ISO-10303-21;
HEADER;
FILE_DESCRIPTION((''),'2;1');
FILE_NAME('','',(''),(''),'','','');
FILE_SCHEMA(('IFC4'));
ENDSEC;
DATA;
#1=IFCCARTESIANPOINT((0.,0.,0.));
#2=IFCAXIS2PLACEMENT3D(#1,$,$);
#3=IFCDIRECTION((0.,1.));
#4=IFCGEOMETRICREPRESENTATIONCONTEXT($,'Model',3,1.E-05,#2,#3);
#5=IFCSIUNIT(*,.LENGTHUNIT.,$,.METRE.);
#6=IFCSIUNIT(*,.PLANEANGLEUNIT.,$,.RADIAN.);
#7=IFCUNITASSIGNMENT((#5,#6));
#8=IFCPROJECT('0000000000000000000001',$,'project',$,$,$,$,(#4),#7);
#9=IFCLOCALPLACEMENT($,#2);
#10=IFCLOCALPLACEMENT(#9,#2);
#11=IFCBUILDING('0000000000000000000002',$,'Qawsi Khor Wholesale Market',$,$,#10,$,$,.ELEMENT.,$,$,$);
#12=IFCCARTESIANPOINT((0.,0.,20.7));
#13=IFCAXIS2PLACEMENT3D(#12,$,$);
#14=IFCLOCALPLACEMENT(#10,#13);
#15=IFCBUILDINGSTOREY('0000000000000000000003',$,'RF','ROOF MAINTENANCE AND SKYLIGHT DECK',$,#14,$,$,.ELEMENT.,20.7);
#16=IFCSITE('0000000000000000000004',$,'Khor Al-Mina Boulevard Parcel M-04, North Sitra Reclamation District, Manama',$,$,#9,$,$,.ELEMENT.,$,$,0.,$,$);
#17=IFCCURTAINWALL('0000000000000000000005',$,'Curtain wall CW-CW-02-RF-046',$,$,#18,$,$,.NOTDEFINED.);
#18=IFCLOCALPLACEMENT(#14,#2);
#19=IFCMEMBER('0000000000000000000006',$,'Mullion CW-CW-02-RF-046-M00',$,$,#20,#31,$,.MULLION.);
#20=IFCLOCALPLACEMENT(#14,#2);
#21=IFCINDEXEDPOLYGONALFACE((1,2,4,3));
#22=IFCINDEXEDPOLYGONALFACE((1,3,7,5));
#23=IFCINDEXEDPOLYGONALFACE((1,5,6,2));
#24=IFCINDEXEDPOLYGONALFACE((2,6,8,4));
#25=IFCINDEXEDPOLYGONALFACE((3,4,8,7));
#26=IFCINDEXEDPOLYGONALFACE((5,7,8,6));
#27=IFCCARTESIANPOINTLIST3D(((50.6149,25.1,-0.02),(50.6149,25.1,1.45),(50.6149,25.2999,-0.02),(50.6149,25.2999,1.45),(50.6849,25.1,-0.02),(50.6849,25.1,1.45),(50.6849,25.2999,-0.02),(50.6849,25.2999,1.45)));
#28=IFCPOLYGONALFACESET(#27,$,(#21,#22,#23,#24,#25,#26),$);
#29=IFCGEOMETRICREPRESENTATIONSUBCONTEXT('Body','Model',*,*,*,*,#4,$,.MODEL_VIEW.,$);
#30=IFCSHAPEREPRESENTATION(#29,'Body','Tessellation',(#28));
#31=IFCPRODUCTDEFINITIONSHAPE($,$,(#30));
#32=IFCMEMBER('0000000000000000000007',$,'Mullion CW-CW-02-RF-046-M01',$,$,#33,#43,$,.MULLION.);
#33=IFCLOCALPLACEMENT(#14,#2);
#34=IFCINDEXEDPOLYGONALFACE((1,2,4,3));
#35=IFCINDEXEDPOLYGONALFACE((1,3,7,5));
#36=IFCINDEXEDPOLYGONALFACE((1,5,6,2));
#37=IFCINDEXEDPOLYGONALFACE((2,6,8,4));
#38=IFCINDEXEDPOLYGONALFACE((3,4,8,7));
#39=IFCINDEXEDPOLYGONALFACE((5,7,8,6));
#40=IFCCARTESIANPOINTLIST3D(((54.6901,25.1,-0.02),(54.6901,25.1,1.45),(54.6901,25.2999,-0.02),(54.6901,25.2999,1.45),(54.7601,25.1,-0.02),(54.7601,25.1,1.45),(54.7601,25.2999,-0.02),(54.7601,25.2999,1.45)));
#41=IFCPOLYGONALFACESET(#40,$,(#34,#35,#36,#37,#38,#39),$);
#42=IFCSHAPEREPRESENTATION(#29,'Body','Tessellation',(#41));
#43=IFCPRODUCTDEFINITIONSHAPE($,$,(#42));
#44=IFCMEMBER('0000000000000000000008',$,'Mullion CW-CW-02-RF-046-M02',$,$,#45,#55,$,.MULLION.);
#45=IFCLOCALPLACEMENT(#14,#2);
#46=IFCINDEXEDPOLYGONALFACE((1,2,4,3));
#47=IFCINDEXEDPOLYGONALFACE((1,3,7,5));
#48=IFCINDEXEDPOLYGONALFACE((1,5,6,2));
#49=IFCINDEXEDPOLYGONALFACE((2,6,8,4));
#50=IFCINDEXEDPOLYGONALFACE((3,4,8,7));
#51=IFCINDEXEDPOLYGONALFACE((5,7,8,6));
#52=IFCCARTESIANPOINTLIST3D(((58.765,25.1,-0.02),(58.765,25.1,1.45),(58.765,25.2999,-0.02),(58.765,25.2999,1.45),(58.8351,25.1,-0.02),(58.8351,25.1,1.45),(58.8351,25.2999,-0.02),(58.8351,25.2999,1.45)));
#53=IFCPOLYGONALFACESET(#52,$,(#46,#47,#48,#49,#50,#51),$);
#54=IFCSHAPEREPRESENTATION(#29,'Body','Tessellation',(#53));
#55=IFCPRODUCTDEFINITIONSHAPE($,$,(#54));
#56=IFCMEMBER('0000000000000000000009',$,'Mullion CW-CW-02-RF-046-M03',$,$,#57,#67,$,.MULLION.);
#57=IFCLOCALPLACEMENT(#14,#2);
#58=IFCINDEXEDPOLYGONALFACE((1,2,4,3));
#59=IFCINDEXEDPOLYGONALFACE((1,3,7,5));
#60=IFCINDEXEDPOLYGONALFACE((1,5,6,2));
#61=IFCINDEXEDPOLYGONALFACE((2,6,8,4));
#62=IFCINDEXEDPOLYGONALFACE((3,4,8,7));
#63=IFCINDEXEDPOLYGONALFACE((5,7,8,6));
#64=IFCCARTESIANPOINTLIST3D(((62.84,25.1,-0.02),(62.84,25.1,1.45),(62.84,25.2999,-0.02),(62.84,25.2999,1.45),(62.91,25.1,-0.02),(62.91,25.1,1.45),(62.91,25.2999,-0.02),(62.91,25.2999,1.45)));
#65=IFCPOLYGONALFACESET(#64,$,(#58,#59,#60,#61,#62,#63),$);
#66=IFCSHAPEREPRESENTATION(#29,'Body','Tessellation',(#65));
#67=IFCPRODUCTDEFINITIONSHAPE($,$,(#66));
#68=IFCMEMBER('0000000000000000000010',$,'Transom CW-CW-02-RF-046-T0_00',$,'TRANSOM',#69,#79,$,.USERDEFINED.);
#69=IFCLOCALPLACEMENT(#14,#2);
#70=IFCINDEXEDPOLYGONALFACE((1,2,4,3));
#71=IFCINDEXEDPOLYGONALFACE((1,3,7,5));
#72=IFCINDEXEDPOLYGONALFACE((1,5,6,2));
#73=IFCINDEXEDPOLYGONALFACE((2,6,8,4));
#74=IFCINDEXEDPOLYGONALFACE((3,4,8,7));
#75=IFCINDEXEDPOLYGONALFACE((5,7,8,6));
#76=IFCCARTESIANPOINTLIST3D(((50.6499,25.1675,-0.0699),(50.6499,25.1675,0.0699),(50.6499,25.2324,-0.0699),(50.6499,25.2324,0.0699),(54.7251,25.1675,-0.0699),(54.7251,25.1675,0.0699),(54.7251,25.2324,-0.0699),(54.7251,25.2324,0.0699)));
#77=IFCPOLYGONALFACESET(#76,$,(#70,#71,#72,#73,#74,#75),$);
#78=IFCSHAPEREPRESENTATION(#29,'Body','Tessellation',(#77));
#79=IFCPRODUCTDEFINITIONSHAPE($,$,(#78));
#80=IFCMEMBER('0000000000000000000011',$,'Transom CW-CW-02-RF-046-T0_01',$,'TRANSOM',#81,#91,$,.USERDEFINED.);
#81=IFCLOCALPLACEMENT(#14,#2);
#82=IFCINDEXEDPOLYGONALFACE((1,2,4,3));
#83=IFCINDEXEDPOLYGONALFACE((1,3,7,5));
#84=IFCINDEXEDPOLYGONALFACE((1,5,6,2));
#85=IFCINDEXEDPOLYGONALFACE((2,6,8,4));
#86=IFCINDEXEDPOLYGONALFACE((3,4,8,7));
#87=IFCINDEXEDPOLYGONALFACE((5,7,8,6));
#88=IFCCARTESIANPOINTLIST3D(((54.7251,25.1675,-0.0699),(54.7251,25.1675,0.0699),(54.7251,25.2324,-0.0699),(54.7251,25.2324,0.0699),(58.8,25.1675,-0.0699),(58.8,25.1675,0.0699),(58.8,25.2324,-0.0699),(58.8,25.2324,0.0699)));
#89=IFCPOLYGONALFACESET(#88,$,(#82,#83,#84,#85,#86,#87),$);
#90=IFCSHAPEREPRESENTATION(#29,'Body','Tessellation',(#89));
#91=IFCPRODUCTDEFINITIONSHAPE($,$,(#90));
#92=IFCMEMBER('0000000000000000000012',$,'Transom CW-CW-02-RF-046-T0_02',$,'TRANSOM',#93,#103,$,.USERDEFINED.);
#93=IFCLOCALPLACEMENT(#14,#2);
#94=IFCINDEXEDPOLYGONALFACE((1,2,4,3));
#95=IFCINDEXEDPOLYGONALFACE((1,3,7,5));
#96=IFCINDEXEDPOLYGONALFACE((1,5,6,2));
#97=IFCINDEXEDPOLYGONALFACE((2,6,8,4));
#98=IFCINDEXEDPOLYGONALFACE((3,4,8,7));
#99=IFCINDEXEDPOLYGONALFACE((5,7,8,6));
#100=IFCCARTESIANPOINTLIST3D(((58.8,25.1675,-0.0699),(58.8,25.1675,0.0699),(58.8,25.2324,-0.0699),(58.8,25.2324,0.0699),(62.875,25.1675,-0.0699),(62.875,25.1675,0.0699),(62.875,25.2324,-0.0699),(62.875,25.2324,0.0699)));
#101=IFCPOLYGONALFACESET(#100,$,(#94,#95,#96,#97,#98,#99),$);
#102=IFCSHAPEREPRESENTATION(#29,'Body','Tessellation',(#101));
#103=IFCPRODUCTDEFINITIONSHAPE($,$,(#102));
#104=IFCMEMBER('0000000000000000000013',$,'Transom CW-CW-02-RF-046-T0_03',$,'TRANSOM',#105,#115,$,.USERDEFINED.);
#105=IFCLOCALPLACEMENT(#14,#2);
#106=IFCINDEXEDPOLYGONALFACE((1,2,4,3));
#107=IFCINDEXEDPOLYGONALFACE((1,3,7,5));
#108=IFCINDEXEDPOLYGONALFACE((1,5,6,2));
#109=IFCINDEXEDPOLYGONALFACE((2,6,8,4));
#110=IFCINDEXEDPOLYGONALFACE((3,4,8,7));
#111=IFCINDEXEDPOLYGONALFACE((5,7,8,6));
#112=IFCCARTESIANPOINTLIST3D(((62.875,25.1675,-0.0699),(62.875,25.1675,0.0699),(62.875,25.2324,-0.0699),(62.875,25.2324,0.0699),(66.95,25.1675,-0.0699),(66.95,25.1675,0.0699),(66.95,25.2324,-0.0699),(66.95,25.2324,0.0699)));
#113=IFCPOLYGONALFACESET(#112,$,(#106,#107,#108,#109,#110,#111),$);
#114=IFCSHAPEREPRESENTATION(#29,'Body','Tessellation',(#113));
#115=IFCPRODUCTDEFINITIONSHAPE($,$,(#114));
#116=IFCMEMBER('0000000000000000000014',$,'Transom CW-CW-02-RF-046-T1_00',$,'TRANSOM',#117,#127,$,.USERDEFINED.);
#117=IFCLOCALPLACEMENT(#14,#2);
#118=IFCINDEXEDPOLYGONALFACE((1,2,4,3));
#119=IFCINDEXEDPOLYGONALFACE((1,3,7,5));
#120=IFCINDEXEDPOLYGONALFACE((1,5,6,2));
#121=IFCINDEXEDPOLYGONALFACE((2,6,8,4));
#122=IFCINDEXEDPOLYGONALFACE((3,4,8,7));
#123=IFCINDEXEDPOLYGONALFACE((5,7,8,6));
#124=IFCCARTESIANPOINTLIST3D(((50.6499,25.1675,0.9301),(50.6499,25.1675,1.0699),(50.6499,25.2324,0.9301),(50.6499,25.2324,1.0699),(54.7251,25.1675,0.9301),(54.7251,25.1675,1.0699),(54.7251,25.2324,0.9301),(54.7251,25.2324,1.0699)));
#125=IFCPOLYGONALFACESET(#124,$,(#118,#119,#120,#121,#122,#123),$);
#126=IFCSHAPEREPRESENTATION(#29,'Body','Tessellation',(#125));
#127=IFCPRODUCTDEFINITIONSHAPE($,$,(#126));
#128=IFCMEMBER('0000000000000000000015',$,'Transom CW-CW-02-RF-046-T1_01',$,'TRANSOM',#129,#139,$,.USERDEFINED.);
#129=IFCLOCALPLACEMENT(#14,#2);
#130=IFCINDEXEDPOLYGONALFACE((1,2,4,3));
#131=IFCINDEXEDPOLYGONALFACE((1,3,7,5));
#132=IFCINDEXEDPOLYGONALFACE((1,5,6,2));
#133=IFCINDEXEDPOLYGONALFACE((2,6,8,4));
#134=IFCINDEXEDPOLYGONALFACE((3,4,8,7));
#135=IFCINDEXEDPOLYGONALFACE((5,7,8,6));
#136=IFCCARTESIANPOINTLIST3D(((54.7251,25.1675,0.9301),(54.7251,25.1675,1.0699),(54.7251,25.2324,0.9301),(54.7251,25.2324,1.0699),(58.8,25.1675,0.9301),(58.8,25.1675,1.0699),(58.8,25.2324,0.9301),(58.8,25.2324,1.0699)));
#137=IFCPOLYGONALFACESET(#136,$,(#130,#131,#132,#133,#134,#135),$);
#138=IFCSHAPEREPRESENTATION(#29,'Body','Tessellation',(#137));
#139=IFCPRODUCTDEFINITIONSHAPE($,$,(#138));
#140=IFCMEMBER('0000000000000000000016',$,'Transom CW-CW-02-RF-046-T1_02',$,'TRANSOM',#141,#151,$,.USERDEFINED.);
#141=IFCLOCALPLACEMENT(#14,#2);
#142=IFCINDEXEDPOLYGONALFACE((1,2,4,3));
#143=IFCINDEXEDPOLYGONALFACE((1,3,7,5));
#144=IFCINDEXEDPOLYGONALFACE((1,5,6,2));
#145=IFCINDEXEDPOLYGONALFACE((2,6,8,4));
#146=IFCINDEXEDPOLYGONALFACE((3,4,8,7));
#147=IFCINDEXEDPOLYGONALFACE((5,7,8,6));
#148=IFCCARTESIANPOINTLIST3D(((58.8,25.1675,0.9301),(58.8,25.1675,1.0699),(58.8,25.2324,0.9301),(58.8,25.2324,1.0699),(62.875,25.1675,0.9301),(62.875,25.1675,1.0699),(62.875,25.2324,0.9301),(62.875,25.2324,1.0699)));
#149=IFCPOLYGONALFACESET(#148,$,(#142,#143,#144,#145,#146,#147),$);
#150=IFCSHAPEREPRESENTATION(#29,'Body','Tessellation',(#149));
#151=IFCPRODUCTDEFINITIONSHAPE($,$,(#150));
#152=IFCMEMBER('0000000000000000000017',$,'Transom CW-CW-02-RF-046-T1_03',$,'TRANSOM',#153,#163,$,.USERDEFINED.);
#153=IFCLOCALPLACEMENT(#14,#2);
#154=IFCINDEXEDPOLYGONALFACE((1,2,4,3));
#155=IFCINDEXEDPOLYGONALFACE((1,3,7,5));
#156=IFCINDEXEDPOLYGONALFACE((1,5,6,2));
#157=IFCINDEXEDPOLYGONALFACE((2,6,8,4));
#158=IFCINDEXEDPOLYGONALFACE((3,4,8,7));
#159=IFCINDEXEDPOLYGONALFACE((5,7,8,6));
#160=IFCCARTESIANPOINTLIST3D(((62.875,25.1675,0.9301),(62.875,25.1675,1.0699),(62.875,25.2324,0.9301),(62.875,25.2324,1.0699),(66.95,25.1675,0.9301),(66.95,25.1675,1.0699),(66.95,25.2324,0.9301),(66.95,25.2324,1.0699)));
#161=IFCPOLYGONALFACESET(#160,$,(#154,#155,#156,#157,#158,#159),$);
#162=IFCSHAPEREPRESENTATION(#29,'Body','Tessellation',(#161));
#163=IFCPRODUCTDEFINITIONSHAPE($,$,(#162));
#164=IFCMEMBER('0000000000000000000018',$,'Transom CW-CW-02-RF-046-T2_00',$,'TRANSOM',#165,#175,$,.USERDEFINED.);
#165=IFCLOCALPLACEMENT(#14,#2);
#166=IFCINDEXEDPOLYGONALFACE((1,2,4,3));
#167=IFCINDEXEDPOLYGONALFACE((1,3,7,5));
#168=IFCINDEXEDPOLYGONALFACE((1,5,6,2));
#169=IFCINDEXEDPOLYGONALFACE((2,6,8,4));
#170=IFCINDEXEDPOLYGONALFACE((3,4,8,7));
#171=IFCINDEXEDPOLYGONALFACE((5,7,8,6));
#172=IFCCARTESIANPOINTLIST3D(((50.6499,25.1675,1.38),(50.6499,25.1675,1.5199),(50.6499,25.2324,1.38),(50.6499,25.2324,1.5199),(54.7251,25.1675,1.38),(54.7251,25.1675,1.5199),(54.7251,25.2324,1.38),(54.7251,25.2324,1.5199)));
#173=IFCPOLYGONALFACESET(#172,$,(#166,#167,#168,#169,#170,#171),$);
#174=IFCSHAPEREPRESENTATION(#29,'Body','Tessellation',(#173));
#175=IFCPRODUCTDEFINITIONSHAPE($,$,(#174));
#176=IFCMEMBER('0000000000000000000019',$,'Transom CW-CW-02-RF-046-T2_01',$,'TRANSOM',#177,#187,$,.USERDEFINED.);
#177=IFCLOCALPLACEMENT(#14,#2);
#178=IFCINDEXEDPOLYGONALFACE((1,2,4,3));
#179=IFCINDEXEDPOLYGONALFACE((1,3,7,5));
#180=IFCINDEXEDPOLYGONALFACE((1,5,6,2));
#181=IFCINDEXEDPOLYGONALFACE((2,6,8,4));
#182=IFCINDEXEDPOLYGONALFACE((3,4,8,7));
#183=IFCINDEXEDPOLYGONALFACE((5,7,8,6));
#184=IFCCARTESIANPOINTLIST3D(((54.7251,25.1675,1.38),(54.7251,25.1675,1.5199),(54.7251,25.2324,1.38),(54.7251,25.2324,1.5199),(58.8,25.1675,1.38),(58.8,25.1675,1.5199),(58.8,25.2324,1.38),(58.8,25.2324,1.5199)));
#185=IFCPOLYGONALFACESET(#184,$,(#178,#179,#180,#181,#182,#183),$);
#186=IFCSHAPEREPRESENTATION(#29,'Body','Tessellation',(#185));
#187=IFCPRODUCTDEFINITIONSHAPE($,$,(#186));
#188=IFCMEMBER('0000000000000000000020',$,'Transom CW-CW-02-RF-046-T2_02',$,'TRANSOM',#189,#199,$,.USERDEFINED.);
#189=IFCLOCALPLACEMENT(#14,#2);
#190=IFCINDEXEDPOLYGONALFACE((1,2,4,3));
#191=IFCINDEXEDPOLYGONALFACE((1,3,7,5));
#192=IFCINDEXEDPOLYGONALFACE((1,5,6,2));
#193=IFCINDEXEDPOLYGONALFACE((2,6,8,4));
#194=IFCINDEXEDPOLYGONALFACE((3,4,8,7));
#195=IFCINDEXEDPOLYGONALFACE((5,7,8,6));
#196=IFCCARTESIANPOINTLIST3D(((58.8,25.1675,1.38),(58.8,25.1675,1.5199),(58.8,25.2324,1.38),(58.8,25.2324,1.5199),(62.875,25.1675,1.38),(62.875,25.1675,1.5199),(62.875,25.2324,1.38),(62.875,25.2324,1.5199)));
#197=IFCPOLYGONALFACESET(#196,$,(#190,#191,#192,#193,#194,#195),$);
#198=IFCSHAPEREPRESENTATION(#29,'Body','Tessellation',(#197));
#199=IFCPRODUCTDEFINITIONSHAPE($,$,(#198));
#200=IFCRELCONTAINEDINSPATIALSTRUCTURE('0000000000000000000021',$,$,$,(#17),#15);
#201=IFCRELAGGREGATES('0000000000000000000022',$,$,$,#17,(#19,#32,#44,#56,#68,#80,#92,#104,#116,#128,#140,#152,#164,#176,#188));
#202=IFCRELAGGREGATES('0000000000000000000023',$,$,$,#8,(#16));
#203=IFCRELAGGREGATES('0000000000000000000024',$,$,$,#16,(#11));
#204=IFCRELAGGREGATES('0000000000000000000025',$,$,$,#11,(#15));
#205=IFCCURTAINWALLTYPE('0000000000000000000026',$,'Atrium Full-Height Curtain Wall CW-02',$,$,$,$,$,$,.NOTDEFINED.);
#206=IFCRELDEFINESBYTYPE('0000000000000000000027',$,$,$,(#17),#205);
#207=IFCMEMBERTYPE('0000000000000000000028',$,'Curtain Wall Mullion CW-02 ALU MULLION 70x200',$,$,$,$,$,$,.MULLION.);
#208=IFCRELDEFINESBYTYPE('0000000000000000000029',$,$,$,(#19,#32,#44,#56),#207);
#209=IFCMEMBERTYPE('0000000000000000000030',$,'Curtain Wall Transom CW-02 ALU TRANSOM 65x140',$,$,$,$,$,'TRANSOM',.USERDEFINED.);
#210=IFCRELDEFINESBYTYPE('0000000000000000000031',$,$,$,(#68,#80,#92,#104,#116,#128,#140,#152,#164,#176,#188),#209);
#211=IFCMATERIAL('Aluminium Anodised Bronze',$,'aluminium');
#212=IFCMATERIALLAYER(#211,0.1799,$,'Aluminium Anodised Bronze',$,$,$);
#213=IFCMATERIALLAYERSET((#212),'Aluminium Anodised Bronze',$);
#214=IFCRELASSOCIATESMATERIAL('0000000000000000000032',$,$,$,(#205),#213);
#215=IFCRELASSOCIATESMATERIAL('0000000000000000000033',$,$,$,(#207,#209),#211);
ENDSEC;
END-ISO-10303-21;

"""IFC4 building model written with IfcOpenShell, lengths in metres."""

from ifc_helpers import new_model, si_unit, direction, frame, origin, origin_2d, place, context, subcontext, project, spatial, rectangle, extrude, material, layer, layer_set, material_profile, profile_set, type_object, element, aggregate, save


model = new_model("IFC4")

# Units and contexts
model_context = context("Model", 3, precision=1e-05, world=origin(), true_north=direction((0.0, 1.0)))
body_context = subcontext(model_context, "Body", "Model", "MODEL_VIEW")
ifc_project = project(units=[si_unit("LENGTHUNIT", "METRE"), si_unit("PLANEANGLEUNIT", "RADIAN")], contexts=[model_context])

# Site, building, storey
site_placement = place(None, origin())
site = spatial("IfcSite", under=ifc_project, at=site_placement, Name="Khor Al-Mina Boulevard Parcel M-04, North Sitra Reclamation District, Manama", CompositionType="ELEMENT", RefElevation=0.0)
building_placement = place(site_placement, origin())
building = spatial("IfcBuilding", under=site, at=building_placement, Name="Qawsi Khor Wholesale Market", CompositionType="ELEMENT")
storey_placement = place(building_placement, frame((0.0, 0.0, 20.7)))
storey = spatial("IfcBuildingStorey", under=building, at=storey_placement, Name="RF", Description="ROOF MAINTENANCE AND SKYLIGHT DECK", CompositionType="ELEMENT", Elevation=20.7)

# Curtain wall, members
ifc_material_1 = material(Name="Aluminium Anodised Bronze", Category="aluminium")
ifc_layer_1 = layer(ifc_material_1, 0.1799, Name="Aluminium Anodised Bronze")
ifc_layer_set_1 = layer_set([ifc_layer_1], Name="Aluminium Anodised Bronze")
curtain_wall_type = type_object("IfcCurtainWallType", Name="Atrium Full-Height Curtain Wall CW-02", PredefinedType="NOTDEFINED", material=ifc_layer_set_1)
curtain_wall_1_placement = place(storey_placement, origin())
curtain_wall_1 = element("IfcCurtainWall", 1, at=curtain_wall_1_placement, inside=storey, type_object=curtain_wall_type, Name="Curtain wall CW-CW-02-RF-046", PredefinedType="NOTDEFINED")
ifc_material_profile_1 = material_profile(ifc_material_1, rectangle(XDim=0.0701, YDim=0.2, at=origin_2d()), Name="ALU MULLION 70x200")
ifc_profile_set_1 = profile_set([ifc_material_profile_1], Name="Aluminium Anodised Bronze")
member_type_1 = type_object("IfcMemberType", Name="Curtain Wall Mullion CW-02 ALU MULLION 70x200", PredefinedType="MULLION", material=ifc_profile_set_1)
member_1_placement = place(storey_placement, frame((50.6499, 25.2, -0.02), z_axis=(0.0, 0.0, 1.0), x_axis=(1.0, 0.0, 0.0)))
member_1 = element("IfcMember", 2, at=member_1_placement, type_object=member_type_1, Name="Mullion CW-CW-02-RF-046-M00", PredefinedType="MULLION", context=body_context, shape_type="SweptSolid", body=[
    extrude(rectangle(XDim=0.0701, YDim=0.2, at=origin_2d()), origin(), (0.0, 0.0, 1.0), 1.47),
])
member_2_placement = place(storey_placement, frame((54.7251, 25.2, -0.02), z_axis=(0.0, 0.0, 1.0), x_axis=(1.0, 0.0, 0.0)))
member_2 = element("IfcMember", 3, at=member_2_placement, type_object=member_type_1, Name="Mullion CW-CW-02-RF-046-M01", PredefinedType="MULLION", context=body_context, shape_type="SweptSolid", body=[
    extrude(rectangle(XDim=0.0701, YDim=0.2, at=origin_2d()), origin(), (0.0, 0.0, 1.0), 1.47),
])
member_3_placement = place(storey_placement, frame((58.8, 25.2, -0.02), z_axis=(0.0, 0.0, 1.0), x_axis=(1.0, 0.0, 0.0)))
member_3 = element("IfcMember", 4, at=member_3_placement, type_object=member_type_1, Name="Mullion CW-CW-02-RF-046-M02", PredefinedType="MULLION", context=body_context, shape_type="SweptSolid", body=[
    extrude(rectangle(XDim=0.0701, YDim=0.2, at=origin_2d()), origin(), (0.0, 0.0, 1.0), 1.47),
])
member_4_placement = place(storey_placement, frame((62.875, 25.2, -0.02), z_axis=(0.0, 0.0, 1.0), x_axis=(1.0, 0.0, 0.0)))
member_4 = element("IfcMember", 5, at=member_4_placement, type_object=member_type_1, Name="Mullion CW-CW-02-RF-046-M03", PredefinedType="MULLION", context=body_context, shape_type="SweptSolid", body=[
    extrude(rectangle(XDim=0.0701, YDim=0.2, at=origin_2d()), origin(), (0.0, 0.0, 1.0), 1.47),
])
ifc_material_profile_2 = material_profile(ifc_material_1, rectangle(XDim=0.0649, YDim=0.1399, at=origin_2d()), Name="ALU TRANSOM 65x140")
ifc_profile_set_2 = profile_set([ifc_material_profile_2], Name="Aluminium Anodised Bronze")
member_type_2 = type_object("IfcMemberType", Name="Curtain Wall Transom CW-02 ALU TRANSOM 65x140", ElementType="TRANSOM", PredefinedType="USERDEFINED", material=ifc_profile_set_2)
member_5_placement = place(storey_placement, frame((50.6499, 25.2, 0.0), z_axis=(1.0, 0.0, 0.0), x_axis=(0.0, 1.0, 0.0)))
member_5 = element("IfcMember", 6, at=member_5_placement, type_object=member_type_2, Name="Transom CW-CW-02-RF-046-T0_00", ObjectType="TRANSOM", PredefinedType="USERDEFINED", context=body_context, shape_type="SweptSolid", body=[
    extrude(rectangle(XDim=0.0649, YDim=0.1399, at=origin_2d()), origin(), (0.0, 0.0, 1.0), 4.0752),
])
member_6_placement = place(storey_placement, frame((54.7251, 25.2, 0.0), z_axis=(1.0, 0.0, 0.0), x_axis=(0.0, 1.0, 0.0)))
member_6 = element("IfcMember", 7, at=member_6_placement, type_object=member_type_2, Name="Transom CW-CW-02-RF-046-T0_01", ObjectType="TRANSOM", PredefinedType="USERDEFINED", context=body_context, shape_type="SweptSolid", body=[
    extrude(rectangle(XDim=0.0649, YDim=0.1399, at=origin_2d()), origin(), (0.0, 0.0, 1.0), 4.075),
])
member_7_placement = place(storey_placement, frame((58.8, 25.2, 0.0), z_axis=(1.0, 0.0, 0.0), x_axis=(0.0, 1.0, 0.0)))
member_7 = element("IfcMember", 8, at=member_7_placement, type_object=member_type_2, Name="Transom CW-CW-02-RF-046-T0_02", ObjectType="TRANSOM", PredefinedType="USERDEFINED", context=body_context, shape_type="SweptSolid", body=[
    extrude(rectangle(XDim=0.0649, YDim=0.1399, at=origin_2d()), origin(), (0.0, 0.0, 1.0), 4.075),
])
member_8_placement = place(storey_placement, frame((62.875, 25.2, 0.0), z_axis=(1.0, 0.0, 0.0), x_axis=(0.0, 1.0, 0.0)))
member_8 = element("IfcMember", 9, at=member_8_placement, type_object=member_type_2, Name="Transom CW-CW-02-RF-046-T0_03", ObjectType="TRANSOM", PredefinedType="USERDEFINED", context=body_context, shape_type="SweptSolid", body=[
    extrude(rectangle(XDim=0.0649, YDim=0.1399, at=origin_2d()), origin(), (0.0, 0.0, 1.0), 4.075),
])
member_9_placement = place(storey_placement, frame((50.6499, 25.2, 1.0), z_axis=(1.0, 0.0, 0.0), x_axis=(0.0, 1.0, 0.0)))
member_9 = element("IfcMember", 10, at=member_9_placement, type_object=member_type_2, Name="Transom CW-CW-02-RF-046-T1_00", ObjectType="TRANSOM", PredefinedType="USERDEFINED", context=body_context, shape_type="SweptSolid", body=[
    extrude(rectangle(XDim=0.0649, YDim=0.1399, at=origin_2d()), origin(), (0.0, 0.0, 1.0), 4.0752),
])
member_10_placement = place(storey_placement, frame((54.7251, 25.2, 1.0), z_axis=(1.0, 0.0, 0.0), x_axis=(0.0, 1.0, 0.0)))
member_10 = element("IfcMember", 11, at=member_10_placement, type_object=member_type_2, Name="Transom CW-CW-02-RF-046-T1_01", ObjectType="TRANSOM", PredefinedType="USERDEFINED", context=body_context, shape_type="SweptSolid", body=[
    extrude(rectangle(XDim=0.0649, YDim=0.1399, at=origin_2d()), origin(), (0.0, 0.0, 1.0), 4.075),
])
member_11_placement = place(storey_placement, frame((58.8, 25.2, 1.0), z_axis=(1.0, 0.0, 0.0), x_axis=(0.0, 1.0, 0.0)))
member_11 = element("IfcMember", 12, at=member_11_placement, type_object=member_type_2, Name="Transom CW-CW-02-RF-046-T1_02", ObjectType="TRANSOM", PredefinedType="USERDEFINED", context=body_context, shape_type="SweptSolid", body=[
    extrude(rectangle(XDim=0.0649, YDim=0.1399, at=origin_2d()), origin(), (0.0, 0.0, 1.0), 4.075),
])
member_12_placement = place(storey_placement, frame((62.875, 25.2, 1.0), z_axis=(1.0, 0.0, 0.0), x_axis=(0.0, 1.0, 0.0)))
member_12 = element("IfcMember", 13, at=member_12_placement, type_object=member_type_2, Name="Transom CW-CW-02-RF-046-T1_03", ObjectType="TRANSOM", PredefinedType="USERDEFINED", context=body_context, shape_type="SweptSolid", body=[
    extrude(rectangle(XDim=0.0649, YDim=0.1399, at=origin_2d()), origin(), (0.0, 0.0, 1.0), 4.075),
])
member_13_placement = place(storey_placement, frame((50.6499, 25.2, 1.45), z_axis=(1.0, 0.0, 0.0), x_axis=(0.0, 1.0, 0.0)))
member_13 = element("IfcMember", 14, at=member_13_placement, type_object=member_type_2, Name="Transom CW-CW-02-RF-046-T2_00", ObjectType="TRANSOM", PredefinedType="USERDEFINED", context=body_context, shape_type="SweptSolid", body=[
    extrude(rectangle(XDim=0.0649, YDim=0.1399, at=origin_2d()), origin(), (0.0, 0.0, 1.0), 4.0752),
])
member_14_placement = place(storey_placement, frame((54.7251, 25.2, 1.45), z_axis=(1.0, 0.0, 0.0), x_axis=(0.0, 1.0, 0.0)))
member_14 = element("IfcMember", 15, at=member_14_placement, type_object=member_type_2, Name="Transom CW-CW-02-RF-046-T2_01", ObjectType="TRANSOM", PredefinedType="USERDEFINED", context=body_context, shape_type="SweptSolid", body=[
    extrude(rectangle(XDim=0.0649, YDim=0.1399, at=origin_2d()), origin(), (0.0, 0.0, 1.0), 4.075),
])
member_15_placement = place(storey_placement, frame((58.8, 25.2, 1.45), z_axis=(1.0, 0.0, 0.0), x_axis=(0.0, 1.0, 0.0)))
member_15 = element("IfcMember", 16, at=member_15_placement, type_object=member_type_2, Name="Transom CW-CW-02-RF-046-T2_02", ObjectType="TRANSOM", PredefinedType="USERDEFINED", context=body_context, shape_type="SweptSolid", body=[
    extrude(rectangle(XDim=0.0649, YDim=0.1399, at=origin_2d()), origin(), (0.0, 0.0, 1.0), 4.075),
])

aggregate(curtain_wall_1, [member_1, member_2, member_3, member_4, member_5, member_6, member_7, member_8, member_9, member_10, member_11, member_12, member_13, member_14, member_15])

save(model, "model.ifc")
